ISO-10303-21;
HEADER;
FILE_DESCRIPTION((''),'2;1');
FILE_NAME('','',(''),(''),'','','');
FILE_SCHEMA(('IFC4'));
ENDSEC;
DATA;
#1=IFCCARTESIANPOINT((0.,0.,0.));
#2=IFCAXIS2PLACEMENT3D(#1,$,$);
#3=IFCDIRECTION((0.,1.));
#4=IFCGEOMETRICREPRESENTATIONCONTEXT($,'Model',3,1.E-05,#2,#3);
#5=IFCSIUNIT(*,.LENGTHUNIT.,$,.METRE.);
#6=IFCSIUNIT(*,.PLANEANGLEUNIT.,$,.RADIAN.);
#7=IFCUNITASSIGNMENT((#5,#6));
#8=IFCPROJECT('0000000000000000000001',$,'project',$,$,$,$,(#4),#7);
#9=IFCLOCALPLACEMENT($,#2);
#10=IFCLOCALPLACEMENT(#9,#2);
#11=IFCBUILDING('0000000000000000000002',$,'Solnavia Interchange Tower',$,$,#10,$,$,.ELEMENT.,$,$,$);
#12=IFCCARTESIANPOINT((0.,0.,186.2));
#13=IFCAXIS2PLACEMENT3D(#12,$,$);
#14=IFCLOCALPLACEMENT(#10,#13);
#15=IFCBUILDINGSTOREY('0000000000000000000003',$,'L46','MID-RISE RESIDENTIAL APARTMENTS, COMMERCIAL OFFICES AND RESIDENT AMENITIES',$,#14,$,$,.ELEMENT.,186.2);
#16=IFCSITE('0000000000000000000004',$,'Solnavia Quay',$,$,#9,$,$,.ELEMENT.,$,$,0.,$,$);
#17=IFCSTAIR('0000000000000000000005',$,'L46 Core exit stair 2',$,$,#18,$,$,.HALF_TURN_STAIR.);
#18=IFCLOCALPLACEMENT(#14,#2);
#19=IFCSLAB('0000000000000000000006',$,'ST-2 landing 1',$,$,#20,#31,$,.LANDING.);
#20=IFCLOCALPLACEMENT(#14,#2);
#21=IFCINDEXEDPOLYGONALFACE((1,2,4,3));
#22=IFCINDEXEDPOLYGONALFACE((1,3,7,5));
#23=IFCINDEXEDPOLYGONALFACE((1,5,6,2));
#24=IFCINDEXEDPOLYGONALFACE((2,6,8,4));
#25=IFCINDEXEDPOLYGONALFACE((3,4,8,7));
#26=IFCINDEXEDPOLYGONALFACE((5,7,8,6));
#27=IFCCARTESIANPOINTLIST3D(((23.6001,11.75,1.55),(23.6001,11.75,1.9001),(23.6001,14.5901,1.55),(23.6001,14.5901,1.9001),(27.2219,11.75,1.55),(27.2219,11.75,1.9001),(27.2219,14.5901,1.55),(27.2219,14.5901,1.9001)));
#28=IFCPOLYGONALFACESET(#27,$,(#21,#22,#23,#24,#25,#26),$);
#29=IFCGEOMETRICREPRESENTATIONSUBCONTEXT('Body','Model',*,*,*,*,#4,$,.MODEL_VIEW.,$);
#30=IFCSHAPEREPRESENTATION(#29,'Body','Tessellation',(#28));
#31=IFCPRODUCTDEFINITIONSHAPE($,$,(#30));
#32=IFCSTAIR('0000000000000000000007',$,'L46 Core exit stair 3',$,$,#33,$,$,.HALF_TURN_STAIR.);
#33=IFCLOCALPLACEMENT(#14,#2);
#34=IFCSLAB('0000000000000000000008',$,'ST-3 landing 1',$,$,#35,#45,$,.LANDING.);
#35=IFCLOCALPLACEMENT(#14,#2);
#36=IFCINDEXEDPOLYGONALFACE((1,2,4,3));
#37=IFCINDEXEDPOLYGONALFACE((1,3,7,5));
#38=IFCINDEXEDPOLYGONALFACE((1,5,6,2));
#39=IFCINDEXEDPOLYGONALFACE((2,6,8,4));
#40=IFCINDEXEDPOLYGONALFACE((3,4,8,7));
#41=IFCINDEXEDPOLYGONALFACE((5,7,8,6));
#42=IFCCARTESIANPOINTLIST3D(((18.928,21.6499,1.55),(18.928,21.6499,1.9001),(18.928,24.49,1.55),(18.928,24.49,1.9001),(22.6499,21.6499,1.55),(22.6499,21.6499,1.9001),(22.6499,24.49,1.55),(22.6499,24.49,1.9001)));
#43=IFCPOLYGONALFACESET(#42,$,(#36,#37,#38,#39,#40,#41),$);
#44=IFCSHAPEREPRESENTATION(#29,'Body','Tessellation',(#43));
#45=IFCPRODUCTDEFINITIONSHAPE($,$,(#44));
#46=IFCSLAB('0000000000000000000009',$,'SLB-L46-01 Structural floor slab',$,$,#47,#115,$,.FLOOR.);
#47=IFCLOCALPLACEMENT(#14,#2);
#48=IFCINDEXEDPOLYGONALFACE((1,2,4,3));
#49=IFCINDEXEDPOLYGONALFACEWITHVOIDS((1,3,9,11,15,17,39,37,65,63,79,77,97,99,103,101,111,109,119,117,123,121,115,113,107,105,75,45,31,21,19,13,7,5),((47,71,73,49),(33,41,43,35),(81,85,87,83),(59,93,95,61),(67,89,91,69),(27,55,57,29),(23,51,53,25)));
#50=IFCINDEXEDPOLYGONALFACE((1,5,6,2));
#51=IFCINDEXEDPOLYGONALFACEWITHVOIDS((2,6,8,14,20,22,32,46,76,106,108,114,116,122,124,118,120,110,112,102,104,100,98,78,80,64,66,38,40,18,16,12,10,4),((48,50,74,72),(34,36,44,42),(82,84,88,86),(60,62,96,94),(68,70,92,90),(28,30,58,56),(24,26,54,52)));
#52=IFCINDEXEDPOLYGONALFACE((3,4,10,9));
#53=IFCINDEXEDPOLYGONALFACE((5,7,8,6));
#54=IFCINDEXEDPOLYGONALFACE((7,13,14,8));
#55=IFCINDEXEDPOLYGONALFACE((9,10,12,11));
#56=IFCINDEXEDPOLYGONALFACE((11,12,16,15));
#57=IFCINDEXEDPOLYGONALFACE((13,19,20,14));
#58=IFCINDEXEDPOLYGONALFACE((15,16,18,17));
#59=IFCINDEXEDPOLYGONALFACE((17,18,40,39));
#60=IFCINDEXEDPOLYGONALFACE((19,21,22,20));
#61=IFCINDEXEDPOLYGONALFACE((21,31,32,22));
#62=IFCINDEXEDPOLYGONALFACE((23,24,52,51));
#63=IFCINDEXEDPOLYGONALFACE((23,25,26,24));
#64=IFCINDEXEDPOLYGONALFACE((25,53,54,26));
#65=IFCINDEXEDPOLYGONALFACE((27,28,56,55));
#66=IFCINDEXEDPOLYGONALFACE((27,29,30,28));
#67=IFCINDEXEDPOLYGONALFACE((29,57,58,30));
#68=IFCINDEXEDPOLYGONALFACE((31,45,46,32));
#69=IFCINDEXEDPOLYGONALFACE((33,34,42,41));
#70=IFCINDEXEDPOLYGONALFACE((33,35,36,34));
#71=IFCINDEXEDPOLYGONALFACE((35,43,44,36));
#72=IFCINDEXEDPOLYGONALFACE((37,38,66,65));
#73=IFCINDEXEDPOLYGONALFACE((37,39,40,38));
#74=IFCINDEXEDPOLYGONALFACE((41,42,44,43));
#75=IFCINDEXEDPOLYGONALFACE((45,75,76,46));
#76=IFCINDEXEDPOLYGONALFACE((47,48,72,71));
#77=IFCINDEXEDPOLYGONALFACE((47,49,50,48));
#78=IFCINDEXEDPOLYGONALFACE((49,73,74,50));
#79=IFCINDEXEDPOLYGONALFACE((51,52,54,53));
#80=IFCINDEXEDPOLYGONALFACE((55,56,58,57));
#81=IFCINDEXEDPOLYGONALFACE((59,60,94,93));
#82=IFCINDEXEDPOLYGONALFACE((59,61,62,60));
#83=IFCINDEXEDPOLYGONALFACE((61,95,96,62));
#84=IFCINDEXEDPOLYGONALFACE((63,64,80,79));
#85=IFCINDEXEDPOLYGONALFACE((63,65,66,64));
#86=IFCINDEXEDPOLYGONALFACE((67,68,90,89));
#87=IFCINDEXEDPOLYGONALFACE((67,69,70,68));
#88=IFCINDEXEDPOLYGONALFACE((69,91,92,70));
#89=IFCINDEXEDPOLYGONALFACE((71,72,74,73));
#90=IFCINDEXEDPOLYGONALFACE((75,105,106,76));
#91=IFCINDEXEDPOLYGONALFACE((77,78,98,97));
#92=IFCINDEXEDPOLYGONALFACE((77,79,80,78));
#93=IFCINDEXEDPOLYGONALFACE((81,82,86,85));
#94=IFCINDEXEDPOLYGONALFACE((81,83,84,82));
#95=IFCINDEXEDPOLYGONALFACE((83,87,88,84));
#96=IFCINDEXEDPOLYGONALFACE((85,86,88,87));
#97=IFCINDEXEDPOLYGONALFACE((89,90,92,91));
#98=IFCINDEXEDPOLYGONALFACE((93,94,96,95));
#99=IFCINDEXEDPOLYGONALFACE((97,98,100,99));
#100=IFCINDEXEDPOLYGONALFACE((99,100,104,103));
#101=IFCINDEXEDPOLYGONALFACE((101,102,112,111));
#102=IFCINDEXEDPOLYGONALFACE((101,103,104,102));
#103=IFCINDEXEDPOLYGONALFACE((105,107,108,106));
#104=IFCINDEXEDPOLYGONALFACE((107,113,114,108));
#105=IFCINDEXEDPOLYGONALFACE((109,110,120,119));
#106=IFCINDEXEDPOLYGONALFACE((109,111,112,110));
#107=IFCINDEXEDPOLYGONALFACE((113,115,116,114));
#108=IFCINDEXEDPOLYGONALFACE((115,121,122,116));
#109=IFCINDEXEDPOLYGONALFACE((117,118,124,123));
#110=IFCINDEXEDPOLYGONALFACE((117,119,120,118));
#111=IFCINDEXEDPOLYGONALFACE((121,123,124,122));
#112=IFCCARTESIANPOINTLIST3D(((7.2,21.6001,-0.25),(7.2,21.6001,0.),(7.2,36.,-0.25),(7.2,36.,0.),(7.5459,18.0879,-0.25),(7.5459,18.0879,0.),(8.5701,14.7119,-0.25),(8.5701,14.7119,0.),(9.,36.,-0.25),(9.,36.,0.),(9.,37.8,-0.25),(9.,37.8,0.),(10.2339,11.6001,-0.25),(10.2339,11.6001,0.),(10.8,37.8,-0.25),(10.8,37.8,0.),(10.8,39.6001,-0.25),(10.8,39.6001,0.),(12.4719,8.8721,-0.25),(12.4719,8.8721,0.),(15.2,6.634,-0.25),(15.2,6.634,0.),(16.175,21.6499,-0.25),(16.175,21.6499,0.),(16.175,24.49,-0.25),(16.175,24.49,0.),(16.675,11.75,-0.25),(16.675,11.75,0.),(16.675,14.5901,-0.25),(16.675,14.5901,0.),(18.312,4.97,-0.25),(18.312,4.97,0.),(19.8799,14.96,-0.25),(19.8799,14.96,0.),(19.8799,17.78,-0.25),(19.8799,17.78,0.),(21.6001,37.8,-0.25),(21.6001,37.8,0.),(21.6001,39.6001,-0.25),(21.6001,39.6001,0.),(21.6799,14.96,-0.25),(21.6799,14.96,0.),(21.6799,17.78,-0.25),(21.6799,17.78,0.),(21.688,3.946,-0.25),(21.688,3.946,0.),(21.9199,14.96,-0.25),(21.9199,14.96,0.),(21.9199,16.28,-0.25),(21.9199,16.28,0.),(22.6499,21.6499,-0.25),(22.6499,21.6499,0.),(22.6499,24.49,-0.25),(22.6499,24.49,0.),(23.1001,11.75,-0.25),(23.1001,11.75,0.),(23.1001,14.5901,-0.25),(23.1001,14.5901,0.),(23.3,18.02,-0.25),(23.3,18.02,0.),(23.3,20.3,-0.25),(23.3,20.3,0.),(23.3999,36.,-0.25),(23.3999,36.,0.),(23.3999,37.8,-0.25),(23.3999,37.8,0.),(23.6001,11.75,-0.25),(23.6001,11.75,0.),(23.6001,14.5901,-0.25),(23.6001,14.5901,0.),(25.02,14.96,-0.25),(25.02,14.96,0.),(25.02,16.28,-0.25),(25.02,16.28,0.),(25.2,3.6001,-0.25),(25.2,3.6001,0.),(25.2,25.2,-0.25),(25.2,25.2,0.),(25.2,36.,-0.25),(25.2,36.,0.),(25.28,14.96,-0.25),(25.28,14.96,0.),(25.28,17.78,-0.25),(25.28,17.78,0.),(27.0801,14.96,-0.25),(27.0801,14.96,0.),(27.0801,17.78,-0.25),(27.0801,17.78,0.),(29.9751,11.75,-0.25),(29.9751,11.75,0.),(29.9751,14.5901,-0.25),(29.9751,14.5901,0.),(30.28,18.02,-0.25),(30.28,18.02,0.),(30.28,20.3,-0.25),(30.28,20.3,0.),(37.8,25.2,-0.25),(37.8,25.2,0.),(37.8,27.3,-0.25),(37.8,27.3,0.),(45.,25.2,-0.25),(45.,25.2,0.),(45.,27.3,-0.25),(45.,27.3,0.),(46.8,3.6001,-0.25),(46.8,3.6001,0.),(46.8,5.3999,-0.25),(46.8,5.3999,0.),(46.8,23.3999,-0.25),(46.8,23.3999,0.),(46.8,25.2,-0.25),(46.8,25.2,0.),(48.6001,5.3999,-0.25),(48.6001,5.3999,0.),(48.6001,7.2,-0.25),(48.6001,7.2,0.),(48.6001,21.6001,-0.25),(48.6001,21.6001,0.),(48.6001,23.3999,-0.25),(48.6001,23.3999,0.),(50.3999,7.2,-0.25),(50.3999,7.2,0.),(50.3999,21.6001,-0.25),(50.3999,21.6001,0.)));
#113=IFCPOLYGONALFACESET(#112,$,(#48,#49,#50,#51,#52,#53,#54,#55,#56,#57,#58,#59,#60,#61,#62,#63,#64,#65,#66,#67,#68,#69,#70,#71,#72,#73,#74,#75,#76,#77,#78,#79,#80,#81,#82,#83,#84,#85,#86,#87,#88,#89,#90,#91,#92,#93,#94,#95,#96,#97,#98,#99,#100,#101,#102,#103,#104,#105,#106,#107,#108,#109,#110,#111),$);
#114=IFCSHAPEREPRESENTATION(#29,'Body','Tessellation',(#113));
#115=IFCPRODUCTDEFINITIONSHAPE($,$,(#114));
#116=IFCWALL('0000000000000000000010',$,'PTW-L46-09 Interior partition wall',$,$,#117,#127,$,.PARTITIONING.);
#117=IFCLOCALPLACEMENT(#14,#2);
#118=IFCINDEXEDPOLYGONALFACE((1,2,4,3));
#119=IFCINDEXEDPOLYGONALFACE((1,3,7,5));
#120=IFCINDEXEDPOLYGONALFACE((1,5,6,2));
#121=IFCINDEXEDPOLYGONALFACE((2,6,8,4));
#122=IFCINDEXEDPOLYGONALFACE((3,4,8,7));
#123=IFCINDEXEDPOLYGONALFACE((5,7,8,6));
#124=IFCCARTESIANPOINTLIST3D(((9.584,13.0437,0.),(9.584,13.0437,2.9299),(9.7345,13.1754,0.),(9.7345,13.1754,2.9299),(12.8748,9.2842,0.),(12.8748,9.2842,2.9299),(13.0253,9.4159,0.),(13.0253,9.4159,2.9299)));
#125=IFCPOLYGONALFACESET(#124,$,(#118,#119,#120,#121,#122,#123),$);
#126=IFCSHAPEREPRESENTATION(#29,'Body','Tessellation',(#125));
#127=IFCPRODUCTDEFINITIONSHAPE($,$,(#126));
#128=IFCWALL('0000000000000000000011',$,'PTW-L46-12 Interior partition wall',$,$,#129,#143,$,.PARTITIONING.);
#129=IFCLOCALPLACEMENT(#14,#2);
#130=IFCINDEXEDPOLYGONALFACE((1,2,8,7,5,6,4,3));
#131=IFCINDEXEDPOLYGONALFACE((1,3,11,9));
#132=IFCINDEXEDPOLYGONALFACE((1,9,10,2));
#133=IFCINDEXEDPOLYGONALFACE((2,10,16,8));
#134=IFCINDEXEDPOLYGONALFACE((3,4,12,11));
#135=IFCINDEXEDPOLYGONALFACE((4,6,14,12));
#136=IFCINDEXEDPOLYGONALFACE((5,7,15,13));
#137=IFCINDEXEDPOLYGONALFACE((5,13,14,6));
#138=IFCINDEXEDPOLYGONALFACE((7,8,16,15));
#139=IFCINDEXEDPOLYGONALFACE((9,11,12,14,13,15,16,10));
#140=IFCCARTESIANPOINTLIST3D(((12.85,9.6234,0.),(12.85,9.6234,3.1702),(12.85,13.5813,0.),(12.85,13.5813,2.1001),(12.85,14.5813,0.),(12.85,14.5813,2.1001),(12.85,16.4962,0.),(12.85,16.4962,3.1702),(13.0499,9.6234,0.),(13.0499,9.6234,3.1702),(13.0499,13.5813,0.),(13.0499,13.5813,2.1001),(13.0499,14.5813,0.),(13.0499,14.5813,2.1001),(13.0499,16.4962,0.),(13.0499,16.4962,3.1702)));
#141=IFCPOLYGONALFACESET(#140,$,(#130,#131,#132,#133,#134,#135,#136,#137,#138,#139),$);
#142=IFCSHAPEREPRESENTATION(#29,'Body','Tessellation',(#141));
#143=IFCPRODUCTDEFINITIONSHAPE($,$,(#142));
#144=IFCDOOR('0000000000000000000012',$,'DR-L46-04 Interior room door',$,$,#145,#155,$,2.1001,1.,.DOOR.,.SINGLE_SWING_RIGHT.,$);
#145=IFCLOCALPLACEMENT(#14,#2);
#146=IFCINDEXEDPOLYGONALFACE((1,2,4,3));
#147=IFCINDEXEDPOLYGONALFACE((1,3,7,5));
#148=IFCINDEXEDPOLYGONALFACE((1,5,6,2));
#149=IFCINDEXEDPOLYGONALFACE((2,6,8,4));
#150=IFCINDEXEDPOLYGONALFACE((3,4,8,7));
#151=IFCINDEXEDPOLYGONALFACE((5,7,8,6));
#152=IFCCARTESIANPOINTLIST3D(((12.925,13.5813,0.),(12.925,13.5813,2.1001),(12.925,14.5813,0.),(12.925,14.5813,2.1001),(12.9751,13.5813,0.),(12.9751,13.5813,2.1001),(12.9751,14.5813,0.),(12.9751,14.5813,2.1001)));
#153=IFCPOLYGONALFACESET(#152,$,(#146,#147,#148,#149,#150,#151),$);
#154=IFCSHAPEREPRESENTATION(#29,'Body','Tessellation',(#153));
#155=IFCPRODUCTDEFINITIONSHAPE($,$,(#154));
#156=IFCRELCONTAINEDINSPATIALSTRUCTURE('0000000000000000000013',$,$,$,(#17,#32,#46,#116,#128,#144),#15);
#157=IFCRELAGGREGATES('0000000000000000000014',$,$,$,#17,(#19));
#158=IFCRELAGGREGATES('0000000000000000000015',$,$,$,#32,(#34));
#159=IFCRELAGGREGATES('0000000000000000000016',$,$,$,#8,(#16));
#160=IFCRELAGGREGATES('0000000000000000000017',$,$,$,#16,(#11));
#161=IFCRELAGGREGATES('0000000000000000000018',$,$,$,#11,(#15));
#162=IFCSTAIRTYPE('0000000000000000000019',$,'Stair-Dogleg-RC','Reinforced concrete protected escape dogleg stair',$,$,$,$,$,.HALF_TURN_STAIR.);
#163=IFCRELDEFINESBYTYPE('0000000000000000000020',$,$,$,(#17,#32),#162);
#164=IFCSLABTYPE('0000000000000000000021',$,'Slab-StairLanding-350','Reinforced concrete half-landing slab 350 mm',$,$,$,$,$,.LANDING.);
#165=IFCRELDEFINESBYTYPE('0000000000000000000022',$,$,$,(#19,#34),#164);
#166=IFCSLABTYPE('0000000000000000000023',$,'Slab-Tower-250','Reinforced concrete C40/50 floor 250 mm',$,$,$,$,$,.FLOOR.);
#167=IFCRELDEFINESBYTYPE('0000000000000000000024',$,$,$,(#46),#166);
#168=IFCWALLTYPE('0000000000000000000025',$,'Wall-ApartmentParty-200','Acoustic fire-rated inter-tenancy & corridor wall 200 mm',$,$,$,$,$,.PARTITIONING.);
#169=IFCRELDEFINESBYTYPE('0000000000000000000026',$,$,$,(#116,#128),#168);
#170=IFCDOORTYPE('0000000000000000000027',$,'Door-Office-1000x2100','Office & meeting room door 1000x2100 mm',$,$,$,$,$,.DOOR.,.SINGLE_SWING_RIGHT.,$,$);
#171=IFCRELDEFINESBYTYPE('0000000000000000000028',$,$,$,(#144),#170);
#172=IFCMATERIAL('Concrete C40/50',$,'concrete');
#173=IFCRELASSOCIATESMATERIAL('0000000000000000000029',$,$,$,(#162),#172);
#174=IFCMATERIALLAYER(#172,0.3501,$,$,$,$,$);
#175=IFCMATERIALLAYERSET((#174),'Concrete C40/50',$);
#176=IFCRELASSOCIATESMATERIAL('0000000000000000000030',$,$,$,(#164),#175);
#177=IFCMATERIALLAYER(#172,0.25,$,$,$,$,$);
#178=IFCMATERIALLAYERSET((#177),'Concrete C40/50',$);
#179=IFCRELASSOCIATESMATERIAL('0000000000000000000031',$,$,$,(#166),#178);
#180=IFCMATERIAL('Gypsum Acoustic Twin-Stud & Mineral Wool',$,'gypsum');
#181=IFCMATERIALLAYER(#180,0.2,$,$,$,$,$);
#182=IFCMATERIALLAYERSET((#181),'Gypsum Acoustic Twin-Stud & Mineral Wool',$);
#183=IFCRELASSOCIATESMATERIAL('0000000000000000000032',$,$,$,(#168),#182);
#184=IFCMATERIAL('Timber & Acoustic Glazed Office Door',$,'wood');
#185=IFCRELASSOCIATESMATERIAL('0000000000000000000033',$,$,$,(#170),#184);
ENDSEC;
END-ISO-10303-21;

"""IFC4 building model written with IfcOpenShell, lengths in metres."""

from ifc_helpers import new_model, si_unit, direction, frame, frame_2d, origin, place, context, subcontext, project, spatial, polyline, rectangle, outline, extrude, material, layer, layer_set, type_object, element, fill, aggregate, save


model = new_model("IFC4")

# Units and contexts
model_context = context("Model", 3, precision=1e-05, world=origin(), true_north=direction((0.0, 1.0)))
body_context = subcontext(model_context, "Body", "Model", "MODEL_VIEW")
ifc_project = project(units=[si_unit("LENGTHUNIT", "METRE"), si_unit("PLANEANGLEUNIT", "RADIAN")], contexts=[model_context])

# Site, building, storey
site_placement = place(None, origin())
site = spatial("IfcSite", under=ifc_project, at=site_placement, Name="Solnavia Quay", CompositionType="ELEMENT", RefElevation=0.0)
building_placement = place(site_placement, origin())
building = spatial("IfcBuilding", under=site, at=building_placement, Name="Solnavia Interchange Tower", CompositionType="ELEMENT")
storey_placement = place(building_placement, frame((0.0, 0.0, 186.2)))
storey = spatial("IfcBuildingStorey", under=building, at=storey_placement, Name="L46", Description="MID-RISE RESIDENTIAL APARTMENTS, COMMERCIAL OFFICES AND RESIDENT AMENITIES", CompositionType="ELEMENT", Elevation=186.2)

# Stairs, slabs
ifc_material_1 = material(Name="Concrete C40/50", Category="concrete")
stair_type = type_object("IfcStairType", Name="Stair-Dogleg-RC", Description="Reinforced concrete protected escape dogleg stair", PredefinedType="HALF_TURN_STAIR", material=ifc_material_1)
ifc_layer_1 = layer(ifc_material_1, 0.3501)
ifc_layer_set_1 = layer_set([ifc_layer_1], Name="Concrete C40/50")
slab_type_1 = type_object("IfcSlabType", Name="Slab-StairLanding-350", Description="Reinforced concrete half-landing slab 350 mm", PredefinedType="LANDING", material=ifc_layer_set_1)
stair_1_placement = place(storey_placement, origin())
stair_1 = element("IfcStair", 1, at=stair_1_placement, inside=storey, type_object=stair_type, Name="L46 Core exit stair 2", PredefinedType="HALF_TURN_STAIR")
slab_1_placement = place(storey_placement, frame((0.0, 0.0, 1.55)))
slab_1 = element("IfcSlab", 2, at=slab_1_placement, type_object=slab_type_1, Name="ST-2 landing 1", PredefinedType="LANDING", context=body_context, shape_type="SweptSolid", body=[
    extrude(outline(polyline([(23.6001, 11.75), (27.2219, 11.75), (27.2219, 14.5901), (23.6001, 14.5901), (23.6001, 11.75)])), origin(), (0.0, 0.0, 1.0), 0.3501),
])
aggregate(stair_1, [slab_1])
stair_2_placement = place(storey_placement, origin())
stair_2 = element("IfcStair", 3, at=stair_2_placement, inside=storey, type_object=stair_type, Name="L46 Core exit stair 3", PredefinedType="HALF_TURN_STAIR")
slab_2_placement = place(storey_placement, frame((0.0, 0.0, 1.55)))
slab_2 = element("IfcSlab", 4, at=slab_2_placement, type_object=slab_type_1, Name="ST-3 landing 1", PredefinedType="LANDING", context=body_context, shape_type="SweptSolid", body=[
    extrude(outline(polyline([(18.928, 21.6499), (22.6499, 21.6499), (22.6499, 24.49), (18.928, 24.49), (18.928, 21.6499)])), origin(), (0.0, 0.0, 1.0), 0.3501),
])
aggregate(stair_2, [slab_2])

# Slab
ifc_layer_2 = layer(ifc_material_1, 0.25)
ifc_layer_set_2 = layer_set([ifc_layer_2], Name="Concrete C40/50")
slab_type_2 = type_object("IfcSlabType", Name="Slab-Tower-250", Description="Reinforced concrete C40/50 floor 250 mm", PredefinedType="FLOOR", material=ifc_layer_set_2)
slab_3_placement = place(storey_placement, frame((0.0, 0.0, -0.25)))
element("IfcSlab", 5, at=slab_3_placement, inside=storey, type_object=slab_type_2, Name="SLB-L46-01 Structural floor slab", PredefinedType="FLOOR", context=body_context, shape_type="SweptSolid", body=[
    extrude(outline(polyline([(25.2, 3.6001), (46.8, 3.6001), (46.8, 5.3999), (48.6001, 5.3999), (48.6001, 7.2), (50.3999, 7.2), (50.3999, 21.6001), (48.6001, 21.6001), (48.6001, 23.3999), (46.8, 23.3999), (46.8, 25.2), (45.0, 25.2), (45.0, 27.3), (37.8, 27.3), (37.8, 25.2), (25.2, 25.2), (25.2, 36.0), (23.3999, 36.0), (23.3999, 37.8), (21.6001, 37.8), (21.6001, 39.6001), (10.8, 39.6001), (10.8, 37.8), (9.0, 37.8), (9.0, 36.0), (7.2, 36.0), (7.2, 21.6001), (7.5459, 18.0879), (8.5701, 14.7119), (10.2339, 11.6001), (12.4719, 8.8721), (15.2, 6.634), (18.312, 4.97), (21.688, 3.946), (25.2, 3.6001)]), holes=[polyline([(16.675, 11.75), (23.1001, 11.75), (23.1001, 14.5901), (16.675, 14.5901), (16.675, 11.75)]), polyline([(23.6001, 11.75), (29.9751, 11.75), (29.9751, 14.5901), (23.6001, 14.5901), (23.6001, 11.75)]), polyline([(16.175, 21.6499), (22.6499, 21.6499), (22.6499, 24.49), (16.175, 24.49), (16.175, 21.6499)]), polyline([(19.8799, 14.96), (21.6799, 14.96), (21.6799, 17.78), (19.8799, 17.78), (19.8799, 14.96)]), polyline([(25.28, 14.96), (27.0801, 14.96), (27.0801, 17.78), (25.28, 17.78), (25.28, 14.96)]), polyline([(21.9199, 14.96), (25.02, 14.96), (25.02, 16.28), (21.9199, 16.28), (21.9199, 14.96)]), polyline([(23.3, 18.02), (30.28, 18.02), (30.28, 20.3), (23.3, 20.3), (23.3, 18.02)])]), origin(), (0.0, 0.0, 1.0), 0.25),
])

# Wall
ifc_material_2 = material(Name="Gypsum Acoustic Twin-Stud & Mineral Wool", Category="gypsum")
ifc_layer_3 = layer(ifc_material_2, 0.2)
ifc_layer_set_3 = layer_set([ifc_layer_3], Name="Gypsum Acoustic Twin-Stud & Mineral Wool")
wall_type_1 = type_object("IfcWallType", Name="Wall-ApartmentParty-200", Description="Acoustic fire-rated inter-tenancy & corridor wall 200 mm", PredefinedType="PARTITIONING", material=ifc_layer_set_3)
wall_1_placement = place(storey_placement, frame((12.95, 9.3501, 0.0), z_axis=(0.0, 0.0, 1.0), x_axis=(-0.65864, 0.752459, 0.0)))
element("IfcWall", 6, at=wall_1_placement, inside=storey, type_object=wall_type_1, Name="PTW-L46-09 Interior partition wall", PredefinedType="PARTITIONING", context=body_context, shape_type="SweptSolid", body=[
    extrude(rectangle(XDim=4.9963, YDim=0.2, at=frame_2d((2.498, 0.0))), origin(), (0.0, 0.0, 1.0), 2.9299),
])

# Wall, opening, door
wall_2_placement = place(storey_placement, frame((12.95, 9.6233, 0.0), z_axis=(0.0, 0.0, 1.0), x_axis=(0.0, 1.0, 0.0)))
wall_2 = element("IfcWall", 7, at=wall_2_placement, inside=storey, type_object=wall_type_1, Name="PTW-L46-12 Interior partition wall", PredefinedType="PARTITIONING", context=body_context, shape_type="SweptSolid", body=[
    extrude(rectangle(XDim=6.8728, YDim=0.2, at=frame_2d((3.4365, 0.0))), origin(), (0.0, 0.0, 1.0), 3.1702),
])
opening_1_placement = place(wall_2_placement, frame((3.958, 0.0, 0.0)))
opening_1 = element("IfcOpeningElement", 8, at=opening_1_placement, cuts=wall_2, PredefinedType="OPENING", context=body_context, shape_type="SweptSolid", body=[
    extrude(rectangle(XDim=1.0, YDim=2.1001, at=frame_2d((0.5, 1.05))), frame((0.0, 0.1099, 0.0), z_axis=(0.0, -1.0, 0.0), x_axis=(1.0, 0.0, 0.0)), (0.0, 0.0, 1.0), 0.22),
])
ifc_material_3 = material(Name="Timber & Acoustic Glazed Office Door", Category="wood")
door_type_1 = type_object("IfcDoorType", Name="Door-Office-1000x2100", Description="Office & meeting room door 1000x2100 mm", OperationType="SINGLE_SWING_RIGHT", PredefinedType="DOOR", material=ifc_material_3)
door_1_placement = place(opening_1_placement, origin())
door_1 = element("IfcDoor", 9, at=door_1_placement, inside=storey, type_object=door_type_1, Name="DR-L46-04 Interior room door", OperationType="SINGLE_SWING_RIGHT", OverallHeight=2.1001, OverallWidth=1.0, PredefinedType="DOOR", context=body_context, shape_type="SweptSolid", body=[
    extrude(rectangle(XDim=1.0, YDim=2.1001, at=frame_2d((0.5, 1.05))), frame((0.0, 0.0249, 0.0), z_axis=(0.0, -1.0, 0.0), x_axis=(1.0, 0.0, 0.0)), (0.0, 0.0, 1.0), 0.05),
])
fill(opening_1, door_1)

save(model, "model.ifc")
